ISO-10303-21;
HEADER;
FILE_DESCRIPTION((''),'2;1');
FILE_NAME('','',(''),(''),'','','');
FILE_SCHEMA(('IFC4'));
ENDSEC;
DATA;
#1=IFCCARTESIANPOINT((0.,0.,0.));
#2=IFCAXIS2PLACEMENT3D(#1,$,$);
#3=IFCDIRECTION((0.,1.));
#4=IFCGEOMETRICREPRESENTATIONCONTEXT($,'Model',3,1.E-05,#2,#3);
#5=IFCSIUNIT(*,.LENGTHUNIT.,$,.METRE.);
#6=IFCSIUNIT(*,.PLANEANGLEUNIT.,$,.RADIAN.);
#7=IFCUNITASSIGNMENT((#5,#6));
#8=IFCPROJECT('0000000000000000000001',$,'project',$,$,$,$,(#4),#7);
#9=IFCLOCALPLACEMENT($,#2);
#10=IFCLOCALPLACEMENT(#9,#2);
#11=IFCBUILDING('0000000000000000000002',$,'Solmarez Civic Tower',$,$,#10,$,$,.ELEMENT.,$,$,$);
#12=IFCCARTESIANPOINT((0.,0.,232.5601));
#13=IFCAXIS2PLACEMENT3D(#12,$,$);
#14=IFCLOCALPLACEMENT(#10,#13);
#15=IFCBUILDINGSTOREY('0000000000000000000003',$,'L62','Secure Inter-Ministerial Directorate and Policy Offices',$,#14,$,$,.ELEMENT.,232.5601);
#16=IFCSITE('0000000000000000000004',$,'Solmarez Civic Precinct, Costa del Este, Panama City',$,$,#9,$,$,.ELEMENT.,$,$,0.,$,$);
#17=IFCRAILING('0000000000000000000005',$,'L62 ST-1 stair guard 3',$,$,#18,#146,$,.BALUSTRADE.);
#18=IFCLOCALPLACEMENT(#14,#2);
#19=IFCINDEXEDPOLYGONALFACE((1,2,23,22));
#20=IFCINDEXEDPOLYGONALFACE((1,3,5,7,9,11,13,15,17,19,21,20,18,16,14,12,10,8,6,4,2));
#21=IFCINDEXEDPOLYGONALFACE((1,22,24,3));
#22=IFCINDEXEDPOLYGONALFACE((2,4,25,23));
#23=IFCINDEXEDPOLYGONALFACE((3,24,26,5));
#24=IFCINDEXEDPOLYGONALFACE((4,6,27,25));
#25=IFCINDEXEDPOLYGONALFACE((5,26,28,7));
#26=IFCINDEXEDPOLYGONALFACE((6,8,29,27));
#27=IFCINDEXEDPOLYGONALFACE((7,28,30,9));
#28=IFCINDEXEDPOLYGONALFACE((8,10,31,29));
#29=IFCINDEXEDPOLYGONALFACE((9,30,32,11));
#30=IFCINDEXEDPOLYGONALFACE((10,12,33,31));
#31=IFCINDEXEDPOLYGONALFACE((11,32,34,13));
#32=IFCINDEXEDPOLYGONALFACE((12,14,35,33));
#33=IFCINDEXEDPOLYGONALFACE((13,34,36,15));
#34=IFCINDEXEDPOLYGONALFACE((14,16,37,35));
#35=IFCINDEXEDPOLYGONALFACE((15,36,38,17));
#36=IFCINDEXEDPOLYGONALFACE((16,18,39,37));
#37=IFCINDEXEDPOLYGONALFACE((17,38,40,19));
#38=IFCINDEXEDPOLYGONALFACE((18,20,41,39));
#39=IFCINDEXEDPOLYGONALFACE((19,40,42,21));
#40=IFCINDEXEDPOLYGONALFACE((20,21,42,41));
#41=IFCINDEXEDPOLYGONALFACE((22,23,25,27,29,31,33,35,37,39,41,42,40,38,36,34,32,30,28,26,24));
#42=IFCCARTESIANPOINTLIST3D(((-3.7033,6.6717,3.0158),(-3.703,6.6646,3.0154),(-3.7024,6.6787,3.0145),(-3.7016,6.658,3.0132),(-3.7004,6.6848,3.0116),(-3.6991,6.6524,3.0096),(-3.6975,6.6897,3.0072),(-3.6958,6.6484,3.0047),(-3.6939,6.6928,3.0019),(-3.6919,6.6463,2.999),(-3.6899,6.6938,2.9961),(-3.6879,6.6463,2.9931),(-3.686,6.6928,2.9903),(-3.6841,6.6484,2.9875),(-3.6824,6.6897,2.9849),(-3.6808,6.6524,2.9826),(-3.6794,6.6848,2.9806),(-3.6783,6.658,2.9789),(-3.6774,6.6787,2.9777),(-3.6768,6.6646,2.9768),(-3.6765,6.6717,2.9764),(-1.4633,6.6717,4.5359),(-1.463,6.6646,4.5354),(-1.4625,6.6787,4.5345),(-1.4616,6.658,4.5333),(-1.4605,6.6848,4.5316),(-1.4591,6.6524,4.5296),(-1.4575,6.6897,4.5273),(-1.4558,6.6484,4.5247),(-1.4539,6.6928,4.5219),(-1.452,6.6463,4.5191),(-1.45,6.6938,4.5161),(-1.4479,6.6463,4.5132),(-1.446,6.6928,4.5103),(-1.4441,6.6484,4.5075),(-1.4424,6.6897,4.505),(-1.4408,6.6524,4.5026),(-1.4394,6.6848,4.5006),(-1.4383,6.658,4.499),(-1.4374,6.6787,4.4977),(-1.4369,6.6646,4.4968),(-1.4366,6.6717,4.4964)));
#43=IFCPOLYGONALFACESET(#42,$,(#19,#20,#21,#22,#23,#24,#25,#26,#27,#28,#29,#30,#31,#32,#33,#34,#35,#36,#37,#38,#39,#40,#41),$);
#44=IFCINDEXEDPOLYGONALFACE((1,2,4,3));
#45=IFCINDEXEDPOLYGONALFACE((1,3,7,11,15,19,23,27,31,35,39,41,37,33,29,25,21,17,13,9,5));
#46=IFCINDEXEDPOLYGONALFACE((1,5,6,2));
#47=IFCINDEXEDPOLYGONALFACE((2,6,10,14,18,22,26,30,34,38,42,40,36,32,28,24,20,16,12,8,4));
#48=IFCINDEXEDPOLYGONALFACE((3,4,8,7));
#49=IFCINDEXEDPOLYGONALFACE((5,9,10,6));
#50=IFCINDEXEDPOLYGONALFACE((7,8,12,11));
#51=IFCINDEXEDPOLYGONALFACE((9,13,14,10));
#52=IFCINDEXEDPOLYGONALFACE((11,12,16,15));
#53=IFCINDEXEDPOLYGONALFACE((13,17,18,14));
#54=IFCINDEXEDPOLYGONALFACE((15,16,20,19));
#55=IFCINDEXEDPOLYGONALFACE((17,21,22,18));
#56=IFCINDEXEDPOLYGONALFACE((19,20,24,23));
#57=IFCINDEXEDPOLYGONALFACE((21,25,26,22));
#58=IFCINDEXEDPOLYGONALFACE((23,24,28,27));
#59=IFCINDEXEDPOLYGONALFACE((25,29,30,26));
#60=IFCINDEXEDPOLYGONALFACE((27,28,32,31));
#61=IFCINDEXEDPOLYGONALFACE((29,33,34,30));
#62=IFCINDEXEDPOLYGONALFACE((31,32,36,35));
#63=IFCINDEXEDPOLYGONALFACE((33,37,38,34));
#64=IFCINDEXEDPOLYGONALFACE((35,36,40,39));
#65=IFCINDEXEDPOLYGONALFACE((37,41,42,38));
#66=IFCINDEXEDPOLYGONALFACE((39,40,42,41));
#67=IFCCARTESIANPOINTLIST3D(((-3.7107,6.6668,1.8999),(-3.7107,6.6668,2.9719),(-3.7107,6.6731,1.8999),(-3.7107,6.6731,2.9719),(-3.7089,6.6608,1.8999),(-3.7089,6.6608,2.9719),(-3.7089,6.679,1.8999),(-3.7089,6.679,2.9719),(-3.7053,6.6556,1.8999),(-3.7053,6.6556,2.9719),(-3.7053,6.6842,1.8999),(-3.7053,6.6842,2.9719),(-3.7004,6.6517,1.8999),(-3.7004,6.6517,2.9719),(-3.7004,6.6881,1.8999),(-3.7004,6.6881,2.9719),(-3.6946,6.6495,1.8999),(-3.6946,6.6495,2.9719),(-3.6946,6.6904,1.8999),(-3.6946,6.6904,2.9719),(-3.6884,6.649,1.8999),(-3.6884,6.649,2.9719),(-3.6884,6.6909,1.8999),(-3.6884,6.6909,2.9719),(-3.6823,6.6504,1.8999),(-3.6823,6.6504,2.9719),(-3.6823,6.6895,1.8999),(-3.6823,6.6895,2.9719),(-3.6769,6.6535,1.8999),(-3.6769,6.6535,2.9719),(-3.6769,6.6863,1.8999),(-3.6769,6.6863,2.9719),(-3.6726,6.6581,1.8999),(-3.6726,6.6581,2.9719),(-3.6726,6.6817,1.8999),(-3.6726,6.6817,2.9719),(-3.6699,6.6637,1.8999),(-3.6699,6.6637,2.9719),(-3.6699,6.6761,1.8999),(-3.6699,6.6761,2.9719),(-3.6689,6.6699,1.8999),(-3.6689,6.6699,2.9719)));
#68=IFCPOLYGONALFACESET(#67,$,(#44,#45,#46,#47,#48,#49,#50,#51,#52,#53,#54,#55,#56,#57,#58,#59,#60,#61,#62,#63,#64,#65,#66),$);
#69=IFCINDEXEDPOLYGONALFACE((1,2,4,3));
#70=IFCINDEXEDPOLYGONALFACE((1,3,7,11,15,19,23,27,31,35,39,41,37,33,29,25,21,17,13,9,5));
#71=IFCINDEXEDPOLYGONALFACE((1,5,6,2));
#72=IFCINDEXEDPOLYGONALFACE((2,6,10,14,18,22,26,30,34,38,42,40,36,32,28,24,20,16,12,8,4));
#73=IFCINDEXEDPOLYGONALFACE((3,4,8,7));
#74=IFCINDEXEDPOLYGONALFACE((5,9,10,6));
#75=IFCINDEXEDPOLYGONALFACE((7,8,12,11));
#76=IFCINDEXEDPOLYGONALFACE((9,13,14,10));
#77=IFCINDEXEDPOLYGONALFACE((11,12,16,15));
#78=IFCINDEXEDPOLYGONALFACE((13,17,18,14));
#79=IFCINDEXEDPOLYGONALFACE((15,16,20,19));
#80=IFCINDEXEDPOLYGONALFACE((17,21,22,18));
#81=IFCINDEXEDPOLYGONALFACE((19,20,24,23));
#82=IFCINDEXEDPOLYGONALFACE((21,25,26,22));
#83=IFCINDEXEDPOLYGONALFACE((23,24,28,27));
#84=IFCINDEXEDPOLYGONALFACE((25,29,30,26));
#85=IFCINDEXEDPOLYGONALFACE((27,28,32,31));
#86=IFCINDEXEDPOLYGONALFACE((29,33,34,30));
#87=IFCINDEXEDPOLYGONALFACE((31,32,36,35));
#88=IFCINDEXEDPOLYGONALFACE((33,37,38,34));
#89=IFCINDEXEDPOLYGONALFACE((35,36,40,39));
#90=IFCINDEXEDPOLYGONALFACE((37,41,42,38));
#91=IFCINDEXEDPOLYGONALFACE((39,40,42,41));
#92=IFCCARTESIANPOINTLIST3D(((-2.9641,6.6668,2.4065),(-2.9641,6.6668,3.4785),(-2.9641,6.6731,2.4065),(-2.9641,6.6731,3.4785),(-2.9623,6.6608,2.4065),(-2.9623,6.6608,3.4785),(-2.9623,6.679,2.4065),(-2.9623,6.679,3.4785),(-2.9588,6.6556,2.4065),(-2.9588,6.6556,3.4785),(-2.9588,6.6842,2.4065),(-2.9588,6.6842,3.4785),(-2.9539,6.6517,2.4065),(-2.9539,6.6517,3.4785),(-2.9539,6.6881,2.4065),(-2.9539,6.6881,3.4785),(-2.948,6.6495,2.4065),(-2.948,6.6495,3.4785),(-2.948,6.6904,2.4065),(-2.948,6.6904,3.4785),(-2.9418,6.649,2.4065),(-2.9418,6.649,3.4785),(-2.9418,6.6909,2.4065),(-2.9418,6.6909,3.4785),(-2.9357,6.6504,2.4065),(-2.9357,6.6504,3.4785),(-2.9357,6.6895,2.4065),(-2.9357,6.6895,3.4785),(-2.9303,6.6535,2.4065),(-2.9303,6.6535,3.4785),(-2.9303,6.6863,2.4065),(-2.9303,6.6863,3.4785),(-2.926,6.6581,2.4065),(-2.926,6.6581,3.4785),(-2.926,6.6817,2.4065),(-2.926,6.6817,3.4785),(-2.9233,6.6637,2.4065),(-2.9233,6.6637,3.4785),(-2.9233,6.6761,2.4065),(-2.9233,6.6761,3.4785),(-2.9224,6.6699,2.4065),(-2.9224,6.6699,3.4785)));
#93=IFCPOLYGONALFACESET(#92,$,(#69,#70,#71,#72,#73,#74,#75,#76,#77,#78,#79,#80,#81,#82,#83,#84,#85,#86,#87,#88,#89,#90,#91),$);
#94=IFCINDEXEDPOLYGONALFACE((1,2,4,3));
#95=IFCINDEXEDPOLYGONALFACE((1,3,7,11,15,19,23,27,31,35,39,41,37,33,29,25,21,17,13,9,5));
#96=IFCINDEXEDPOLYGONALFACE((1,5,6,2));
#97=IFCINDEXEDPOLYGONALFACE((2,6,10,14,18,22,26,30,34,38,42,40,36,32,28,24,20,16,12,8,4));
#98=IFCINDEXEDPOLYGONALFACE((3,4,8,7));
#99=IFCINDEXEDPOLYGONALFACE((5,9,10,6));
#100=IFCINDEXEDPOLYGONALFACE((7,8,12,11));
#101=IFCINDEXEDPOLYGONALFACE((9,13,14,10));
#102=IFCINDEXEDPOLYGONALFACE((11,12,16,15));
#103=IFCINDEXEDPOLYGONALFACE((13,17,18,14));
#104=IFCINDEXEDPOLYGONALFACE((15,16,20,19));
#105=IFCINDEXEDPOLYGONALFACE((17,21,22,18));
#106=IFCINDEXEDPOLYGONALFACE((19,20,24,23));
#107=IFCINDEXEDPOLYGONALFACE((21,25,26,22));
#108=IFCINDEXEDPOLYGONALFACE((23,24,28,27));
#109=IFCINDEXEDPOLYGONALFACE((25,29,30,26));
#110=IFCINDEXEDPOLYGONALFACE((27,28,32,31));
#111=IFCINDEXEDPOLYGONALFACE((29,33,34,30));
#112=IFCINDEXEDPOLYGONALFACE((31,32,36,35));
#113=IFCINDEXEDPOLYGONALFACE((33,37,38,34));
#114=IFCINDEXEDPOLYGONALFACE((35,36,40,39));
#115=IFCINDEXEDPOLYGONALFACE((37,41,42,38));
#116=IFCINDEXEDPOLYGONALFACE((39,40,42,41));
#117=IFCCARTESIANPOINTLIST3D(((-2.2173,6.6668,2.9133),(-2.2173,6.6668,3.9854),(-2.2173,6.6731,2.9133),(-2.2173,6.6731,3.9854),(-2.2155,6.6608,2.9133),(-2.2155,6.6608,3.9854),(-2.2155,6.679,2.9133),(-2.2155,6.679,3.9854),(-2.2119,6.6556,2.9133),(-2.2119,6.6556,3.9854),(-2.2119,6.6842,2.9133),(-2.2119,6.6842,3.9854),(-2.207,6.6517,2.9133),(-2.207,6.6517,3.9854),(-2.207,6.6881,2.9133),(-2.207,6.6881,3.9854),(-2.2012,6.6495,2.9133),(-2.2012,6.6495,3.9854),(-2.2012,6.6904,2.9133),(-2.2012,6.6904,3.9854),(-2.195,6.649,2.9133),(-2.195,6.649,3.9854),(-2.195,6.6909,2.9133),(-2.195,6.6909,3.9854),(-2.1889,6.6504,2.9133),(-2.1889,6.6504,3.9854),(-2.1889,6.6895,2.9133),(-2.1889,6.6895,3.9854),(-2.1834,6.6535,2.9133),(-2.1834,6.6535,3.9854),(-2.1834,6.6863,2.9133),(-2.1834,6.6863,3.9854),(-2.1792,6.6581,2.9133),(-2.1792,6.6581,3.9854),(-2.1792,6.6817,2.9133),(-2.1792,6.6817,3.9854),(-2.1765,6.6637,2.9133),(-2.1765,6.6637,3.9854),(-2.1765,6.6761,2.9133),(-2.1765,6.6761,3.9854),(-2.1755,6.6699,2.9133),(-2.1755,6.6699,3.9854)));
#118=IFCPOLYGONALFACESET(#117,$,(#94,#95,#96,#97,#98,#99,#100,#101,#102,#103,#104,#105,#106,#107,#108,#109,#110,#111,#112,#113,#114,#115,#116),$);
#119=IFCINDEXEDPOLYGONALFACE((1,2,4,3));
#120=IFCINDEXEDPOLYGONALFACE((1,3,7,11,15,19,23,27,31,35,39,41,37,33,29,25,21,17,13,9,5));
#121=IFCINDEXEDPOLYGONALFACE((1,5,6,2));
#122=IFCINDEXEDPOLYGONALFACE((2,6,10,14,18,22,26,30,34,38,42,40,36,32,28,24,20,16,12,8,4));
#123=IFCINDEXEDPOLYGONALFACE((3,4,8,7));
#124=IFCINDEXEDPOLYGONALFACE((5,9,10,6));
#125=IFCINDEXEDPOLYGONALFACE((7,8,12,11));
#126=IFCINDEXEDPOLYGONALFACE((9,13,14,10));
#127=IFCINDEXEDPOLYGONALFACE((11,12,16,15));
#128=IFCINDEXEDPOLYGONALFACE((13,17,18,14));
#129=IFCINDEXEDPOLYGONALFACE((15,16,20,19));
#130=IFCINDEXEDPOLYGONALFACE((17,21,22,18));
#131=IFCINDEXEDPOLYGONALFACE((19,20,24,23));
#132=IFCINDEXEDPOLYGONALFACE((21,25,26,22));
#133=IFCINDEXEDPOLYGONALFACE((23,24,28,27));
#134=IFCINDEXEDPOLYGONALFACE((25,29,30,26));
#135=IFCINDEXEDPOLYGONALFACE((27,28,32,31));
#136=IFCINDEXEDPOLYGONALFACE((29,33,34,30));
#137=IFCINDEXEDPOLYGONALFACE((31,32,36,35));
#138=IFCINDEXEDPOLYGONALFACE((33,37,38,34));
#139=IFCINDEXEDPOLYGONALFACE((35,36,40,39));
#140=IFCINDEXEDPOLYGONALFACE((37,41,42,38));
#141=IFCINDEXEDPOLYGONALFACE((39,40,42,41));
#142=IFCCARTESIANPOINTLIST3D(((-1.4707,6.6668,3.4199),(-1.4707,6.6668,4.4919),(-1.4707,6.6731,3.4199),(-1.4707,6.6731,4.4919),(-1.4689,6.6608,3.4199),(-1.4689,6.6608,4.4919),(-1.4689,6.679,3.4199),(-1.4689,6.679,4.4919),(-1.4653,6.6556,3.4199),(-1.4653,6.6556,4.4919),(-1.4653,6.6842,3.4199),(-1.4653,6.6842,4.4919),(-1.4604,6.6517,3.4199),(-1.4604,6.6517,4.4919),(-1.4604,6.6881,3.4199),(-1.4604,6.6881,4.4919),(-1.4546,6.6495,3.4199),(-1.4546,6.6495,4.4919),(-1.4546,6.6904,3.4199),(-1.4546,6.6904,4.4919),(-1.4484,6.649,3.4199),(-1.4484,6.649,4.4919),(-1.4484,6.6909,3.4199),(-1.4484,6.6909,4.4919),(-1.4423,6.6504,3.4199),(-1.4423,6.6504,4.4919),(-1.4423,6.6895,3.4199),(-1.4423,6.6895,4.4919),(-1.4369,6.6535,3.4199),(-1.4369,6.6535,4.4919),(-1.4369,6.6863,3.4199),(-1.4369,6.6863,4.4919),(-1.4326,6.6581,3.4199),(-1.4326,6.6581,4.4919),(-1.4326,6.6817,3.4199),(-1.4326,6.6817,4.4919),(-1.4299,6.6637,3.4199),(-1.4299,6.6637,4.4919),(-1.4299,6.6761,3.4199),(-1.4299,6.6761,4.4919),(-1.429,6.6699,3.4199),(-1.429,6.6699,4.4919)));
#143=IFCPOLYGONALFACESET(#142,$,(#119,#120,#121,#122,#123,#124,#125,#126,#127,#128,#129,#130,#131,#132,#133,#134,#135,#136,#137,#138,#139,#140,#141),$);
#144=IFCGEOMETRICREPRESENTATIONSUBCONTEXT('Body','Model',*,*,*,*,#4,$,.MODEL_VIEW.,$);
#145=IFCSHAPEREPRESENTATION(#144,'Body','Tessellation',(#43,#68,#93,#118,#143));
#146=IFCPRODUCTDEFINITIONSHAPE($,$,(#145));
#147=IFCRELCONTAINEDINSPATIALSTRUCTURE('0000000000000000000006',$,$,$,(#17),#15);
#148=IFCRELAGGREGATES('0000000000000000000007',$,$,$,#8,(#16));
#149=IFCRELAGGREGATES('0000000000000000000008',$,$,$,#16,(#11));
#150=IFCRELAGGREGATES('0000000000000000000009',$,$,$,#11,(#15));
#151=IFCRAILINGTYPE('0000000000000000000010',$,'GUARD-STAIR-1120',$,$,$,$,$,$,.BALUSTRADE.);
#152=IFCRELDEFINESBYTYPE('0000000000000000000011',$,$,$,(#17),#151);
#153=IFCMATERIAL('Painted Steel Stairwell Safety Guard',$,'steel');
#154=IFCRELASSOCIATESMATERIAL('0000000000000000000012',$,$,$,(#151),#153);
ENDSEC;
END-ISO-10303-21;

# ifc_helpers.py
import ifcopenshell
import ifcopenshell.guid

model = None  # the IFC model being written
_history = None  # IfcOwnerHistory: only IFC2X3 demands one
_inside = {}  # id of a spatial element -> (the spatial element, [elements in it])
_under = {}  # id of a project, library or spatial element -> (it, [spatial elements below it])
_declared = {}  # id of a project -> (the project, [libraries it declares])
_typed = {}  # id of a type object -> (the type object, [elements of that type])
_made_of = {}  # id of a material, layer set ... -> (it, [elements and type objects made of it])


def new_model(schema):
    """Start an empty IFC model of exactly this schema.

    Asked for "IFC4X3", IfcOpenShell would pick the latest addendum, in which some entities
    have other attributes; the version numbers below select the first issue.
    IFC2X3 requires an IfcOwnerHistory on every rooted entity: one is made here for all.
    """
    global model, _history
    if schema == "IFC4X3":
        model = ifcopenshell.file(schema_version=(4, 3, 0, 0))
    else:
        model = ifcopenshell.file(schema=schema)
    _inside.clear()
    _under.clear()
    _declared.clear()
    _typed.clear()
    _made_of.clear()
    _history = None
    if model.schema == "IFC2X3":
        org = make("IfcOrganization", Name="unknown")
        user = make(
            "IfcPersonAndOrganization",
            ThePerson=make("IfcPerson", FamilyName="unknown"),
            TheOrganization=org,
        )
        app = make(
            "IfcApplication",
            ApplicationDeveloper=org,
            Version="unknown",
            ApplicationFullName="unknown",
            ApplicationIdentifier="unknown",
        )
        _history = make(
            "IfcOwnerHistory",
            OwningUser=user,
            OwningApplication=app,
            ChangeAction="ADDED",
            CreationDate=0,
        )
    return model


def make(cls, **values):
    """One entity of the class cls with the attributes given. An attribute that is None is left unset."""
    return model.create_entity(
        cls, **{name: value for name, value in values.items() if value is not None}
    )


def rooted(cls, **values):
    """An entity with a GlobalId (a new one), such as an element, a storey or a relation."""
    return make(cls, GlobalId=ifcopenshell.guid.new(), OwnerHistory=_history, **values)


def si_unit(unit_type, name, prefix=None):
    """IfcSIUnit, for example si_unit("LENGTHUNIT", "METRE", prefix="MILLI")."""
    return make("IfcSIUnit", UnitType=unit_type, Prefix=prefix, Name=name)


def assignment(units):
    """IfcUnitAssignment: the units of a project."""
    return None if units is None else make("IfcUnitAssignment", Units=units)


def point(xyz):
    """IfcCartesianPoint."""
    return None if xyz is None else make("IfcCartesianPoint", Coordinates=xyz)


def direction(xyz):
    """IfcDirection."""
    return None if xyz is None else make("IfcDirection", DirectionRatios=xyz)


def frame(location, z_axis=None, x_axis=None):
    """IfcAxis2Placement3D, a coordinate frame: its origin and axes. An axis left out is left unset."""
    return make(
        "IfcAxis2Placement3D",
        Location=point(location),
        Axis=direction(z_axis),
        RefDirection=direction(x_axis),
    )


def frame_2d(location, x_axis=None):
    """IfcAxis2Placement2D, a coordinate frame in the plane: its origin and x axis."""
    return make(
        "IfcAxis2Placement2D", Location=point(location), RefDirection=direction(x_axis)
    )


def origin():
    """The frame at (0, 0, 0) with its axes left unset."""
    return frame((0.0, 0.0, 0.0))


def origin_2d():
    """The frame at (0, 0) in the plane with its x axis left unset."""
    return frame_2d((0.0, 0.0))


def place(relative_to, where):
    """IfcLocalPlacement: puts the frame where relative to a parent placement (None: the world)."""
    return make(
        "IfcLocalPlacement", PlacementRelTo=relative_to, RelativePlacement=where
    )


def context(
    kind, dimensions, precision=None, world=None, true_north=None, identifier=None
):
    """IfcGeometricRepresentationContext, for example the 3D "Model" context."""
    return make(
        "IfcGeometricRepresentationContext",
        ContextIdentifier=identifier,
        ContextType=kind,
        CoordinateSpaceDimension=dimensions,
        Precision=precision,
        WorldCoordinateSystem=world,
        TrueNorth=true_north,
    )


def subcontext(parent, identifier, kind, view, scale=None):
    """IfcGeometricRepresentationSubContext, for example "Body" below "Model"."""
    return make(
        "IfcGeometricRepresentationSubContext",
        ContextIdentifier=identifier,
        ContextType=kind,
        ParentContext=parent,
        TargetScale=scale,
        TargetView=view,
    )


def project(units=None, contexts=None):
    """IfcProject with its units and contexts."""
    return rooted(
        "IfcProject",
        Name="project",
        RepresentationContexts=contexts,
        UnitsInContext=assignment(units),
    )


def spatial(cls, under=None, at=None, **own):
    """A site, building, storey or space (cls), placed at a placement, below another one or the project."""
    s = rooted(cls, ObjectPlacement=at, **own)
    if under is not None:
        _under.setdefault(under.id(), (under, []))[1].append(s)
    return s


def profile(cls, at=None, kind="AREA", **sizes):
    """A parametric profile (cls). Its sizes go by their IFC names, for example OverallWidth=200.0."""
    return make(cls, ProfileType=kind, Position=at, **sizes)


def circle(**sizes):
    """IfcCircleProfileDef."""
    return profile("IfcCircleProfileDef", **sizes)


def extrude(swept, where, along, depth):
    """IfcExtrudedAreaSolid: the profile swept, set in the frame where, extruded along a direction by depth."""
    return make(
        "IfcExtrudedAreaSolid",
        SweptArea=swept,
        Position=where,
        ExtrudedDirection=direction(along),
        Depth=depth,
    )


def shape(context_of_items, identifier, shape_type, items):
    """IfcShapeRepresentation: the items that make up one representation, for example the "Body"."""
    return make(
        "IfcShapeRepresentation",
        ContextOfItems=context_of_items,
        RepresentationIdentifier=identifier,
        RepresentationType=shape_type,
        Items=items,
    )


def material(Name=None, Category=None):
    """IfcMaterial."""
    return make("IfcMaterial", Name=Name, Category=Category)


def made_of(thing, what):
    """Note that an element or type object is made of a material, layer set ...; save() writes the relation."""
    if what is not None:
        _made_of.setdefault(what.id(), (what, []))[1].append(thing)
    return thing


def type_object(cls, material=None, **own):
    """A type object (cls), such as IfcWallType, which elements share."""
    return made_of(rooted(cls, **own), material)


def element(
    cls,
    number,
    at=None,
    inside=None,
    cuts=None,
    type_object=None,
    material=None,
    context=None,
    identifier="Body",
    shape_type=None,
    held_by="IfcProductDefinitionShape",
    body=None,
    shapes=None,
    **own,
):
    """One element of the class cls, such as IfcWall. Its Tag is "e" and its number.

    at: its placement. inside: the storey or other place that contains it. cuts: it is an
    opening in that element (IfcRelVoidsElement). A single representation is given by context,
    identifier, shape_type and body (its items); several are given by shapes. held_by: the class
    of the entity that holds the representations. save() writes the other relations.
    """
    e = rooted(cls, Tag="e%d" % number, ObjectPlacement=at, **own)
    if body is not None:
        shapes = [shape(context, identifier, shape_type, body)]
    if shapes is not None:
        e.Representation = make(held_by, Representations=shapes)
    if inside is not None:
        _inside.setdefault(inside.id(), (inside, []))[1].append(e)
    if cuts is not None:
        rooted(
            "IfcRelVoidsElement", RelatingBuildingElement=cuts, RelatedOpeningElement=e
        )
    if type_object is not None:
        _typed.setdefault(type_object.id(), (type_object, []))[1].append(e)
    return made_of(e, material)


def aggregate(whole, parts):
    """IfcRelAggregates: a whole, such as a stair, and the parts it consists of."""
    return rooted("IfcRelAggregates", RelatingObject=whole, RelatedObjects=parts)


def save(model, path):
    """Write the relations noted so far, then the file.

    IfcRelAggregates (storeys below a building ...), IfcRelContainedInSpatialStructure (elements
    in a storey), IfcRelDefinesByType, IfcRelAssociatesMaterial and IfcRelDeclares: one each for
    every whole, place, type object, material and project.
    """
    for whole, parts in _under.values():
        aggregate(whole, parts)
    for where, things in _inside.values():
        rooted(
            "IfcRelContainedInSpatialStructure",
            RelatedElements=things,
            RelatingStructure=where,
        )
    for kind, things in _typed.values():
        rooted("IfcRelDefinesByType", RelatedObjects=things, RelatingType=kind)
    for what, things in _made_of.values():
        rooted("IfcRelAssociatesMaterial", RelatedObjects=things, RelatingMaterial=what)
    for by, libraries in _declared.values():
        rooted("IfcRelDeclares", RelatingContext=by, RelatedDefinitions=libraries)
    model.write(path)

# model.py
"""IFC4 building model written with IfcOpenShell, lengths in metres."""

from ifc_helpers import new_model, si_unit, direction, frame, origin, origin_2d, place, context, subcontext, project, spatial, circle, extrude, material, type_object, element, save


model = new_model("IFC4")

# Units and contexts
model_context = context("Model", 3, precision=1e-05, world=origin(), true_north=direction((0.0, 1.0)))
body_context = subcontext(model_context, "Body", "Model", "MODEL_VIEW")
ifc_project = project(units=[si_unit("LENGTHUNIT", "METRE"), si_unit("PLANEANGLEUNIT", "RADIAN")], contexts=[model_context])

# Site, building, storey
site_placement = place(None, origin())
site = spatial("IfcSite", under=ifc_project, at=site_placement, Name="Solmarez Civic Precinct, Costa del Este, Panama City", CompositionType="ELEMENT", RefElevation=0.0)
building_placement = place(site_placement, origin())
building = spatial("IfcBuilding", under=site, at=building_placement, Name="Solmarez Civic Tower", CompositionType="ELEMENT")
storey_placement = place(building_placement, frame((0.0, 0.0, 232.5601)))
storey = spatial("IfcBuildingStorey", under=building, at=storey_placement, Name="L62", Description="Secure Inter-Ministerial Directorate and Policy Offices", CompositionType="ELEMENT", Elevation=232.5601)

# Railing
ifc_material_1 = material(Name="Painted Steel Stairwell Safety Guard", Category="steel")
railing_type_1 = type_object("IfcRailingType", Name="GUARD-STAIR-1120", PredefinedType="BALUSTRADE", material=ifc_material_1)
railing_1_placement = place(storey_placement, frame((-3.6899, 6.6699, 1.8999)))
element("IfcRailing", 1, at=railing_1_placement, inside=storey, type_object=railing_type_1, Name="L62 ST-1 stair guard 3", PredefinedType="BALUSTRADE", context=body_context, shape_type="SweptSolid", body=[
    extrude(circle(Radius=0.0239, at=origin_2d()), frame((0.0, 0.0, 1.0962), z_axis=(0.827471, 0.0, 0.561508), x_axis=(0.0, 1.0, 0.0)), (0.0, 0.0, 1.0), 2.707),
    extrude(circle(Radius=0.021, at=origin_2d()), origin(), (0.0, 0.0, 1.0), 1.072),
    extrude(circle(Radius=0.021, at=origin_2d()), frame((0.7466, 0.0, 0.5066)), (0.0, 0.0, 1.0), 1.072),
    extrude(circle(Radius=0.021, at=origin_2d()), frame((1.4934, 0.0, 1.0134)), (0.0, 0.0, 1.0), 1.072),
    extrude(circle(Radius=0.021, at=origin_2d()), frame((2.24, 0.0, 1.52)), (0.0, 0.0, 1.0), 1.072),
])

save(model, "model.ifc")
